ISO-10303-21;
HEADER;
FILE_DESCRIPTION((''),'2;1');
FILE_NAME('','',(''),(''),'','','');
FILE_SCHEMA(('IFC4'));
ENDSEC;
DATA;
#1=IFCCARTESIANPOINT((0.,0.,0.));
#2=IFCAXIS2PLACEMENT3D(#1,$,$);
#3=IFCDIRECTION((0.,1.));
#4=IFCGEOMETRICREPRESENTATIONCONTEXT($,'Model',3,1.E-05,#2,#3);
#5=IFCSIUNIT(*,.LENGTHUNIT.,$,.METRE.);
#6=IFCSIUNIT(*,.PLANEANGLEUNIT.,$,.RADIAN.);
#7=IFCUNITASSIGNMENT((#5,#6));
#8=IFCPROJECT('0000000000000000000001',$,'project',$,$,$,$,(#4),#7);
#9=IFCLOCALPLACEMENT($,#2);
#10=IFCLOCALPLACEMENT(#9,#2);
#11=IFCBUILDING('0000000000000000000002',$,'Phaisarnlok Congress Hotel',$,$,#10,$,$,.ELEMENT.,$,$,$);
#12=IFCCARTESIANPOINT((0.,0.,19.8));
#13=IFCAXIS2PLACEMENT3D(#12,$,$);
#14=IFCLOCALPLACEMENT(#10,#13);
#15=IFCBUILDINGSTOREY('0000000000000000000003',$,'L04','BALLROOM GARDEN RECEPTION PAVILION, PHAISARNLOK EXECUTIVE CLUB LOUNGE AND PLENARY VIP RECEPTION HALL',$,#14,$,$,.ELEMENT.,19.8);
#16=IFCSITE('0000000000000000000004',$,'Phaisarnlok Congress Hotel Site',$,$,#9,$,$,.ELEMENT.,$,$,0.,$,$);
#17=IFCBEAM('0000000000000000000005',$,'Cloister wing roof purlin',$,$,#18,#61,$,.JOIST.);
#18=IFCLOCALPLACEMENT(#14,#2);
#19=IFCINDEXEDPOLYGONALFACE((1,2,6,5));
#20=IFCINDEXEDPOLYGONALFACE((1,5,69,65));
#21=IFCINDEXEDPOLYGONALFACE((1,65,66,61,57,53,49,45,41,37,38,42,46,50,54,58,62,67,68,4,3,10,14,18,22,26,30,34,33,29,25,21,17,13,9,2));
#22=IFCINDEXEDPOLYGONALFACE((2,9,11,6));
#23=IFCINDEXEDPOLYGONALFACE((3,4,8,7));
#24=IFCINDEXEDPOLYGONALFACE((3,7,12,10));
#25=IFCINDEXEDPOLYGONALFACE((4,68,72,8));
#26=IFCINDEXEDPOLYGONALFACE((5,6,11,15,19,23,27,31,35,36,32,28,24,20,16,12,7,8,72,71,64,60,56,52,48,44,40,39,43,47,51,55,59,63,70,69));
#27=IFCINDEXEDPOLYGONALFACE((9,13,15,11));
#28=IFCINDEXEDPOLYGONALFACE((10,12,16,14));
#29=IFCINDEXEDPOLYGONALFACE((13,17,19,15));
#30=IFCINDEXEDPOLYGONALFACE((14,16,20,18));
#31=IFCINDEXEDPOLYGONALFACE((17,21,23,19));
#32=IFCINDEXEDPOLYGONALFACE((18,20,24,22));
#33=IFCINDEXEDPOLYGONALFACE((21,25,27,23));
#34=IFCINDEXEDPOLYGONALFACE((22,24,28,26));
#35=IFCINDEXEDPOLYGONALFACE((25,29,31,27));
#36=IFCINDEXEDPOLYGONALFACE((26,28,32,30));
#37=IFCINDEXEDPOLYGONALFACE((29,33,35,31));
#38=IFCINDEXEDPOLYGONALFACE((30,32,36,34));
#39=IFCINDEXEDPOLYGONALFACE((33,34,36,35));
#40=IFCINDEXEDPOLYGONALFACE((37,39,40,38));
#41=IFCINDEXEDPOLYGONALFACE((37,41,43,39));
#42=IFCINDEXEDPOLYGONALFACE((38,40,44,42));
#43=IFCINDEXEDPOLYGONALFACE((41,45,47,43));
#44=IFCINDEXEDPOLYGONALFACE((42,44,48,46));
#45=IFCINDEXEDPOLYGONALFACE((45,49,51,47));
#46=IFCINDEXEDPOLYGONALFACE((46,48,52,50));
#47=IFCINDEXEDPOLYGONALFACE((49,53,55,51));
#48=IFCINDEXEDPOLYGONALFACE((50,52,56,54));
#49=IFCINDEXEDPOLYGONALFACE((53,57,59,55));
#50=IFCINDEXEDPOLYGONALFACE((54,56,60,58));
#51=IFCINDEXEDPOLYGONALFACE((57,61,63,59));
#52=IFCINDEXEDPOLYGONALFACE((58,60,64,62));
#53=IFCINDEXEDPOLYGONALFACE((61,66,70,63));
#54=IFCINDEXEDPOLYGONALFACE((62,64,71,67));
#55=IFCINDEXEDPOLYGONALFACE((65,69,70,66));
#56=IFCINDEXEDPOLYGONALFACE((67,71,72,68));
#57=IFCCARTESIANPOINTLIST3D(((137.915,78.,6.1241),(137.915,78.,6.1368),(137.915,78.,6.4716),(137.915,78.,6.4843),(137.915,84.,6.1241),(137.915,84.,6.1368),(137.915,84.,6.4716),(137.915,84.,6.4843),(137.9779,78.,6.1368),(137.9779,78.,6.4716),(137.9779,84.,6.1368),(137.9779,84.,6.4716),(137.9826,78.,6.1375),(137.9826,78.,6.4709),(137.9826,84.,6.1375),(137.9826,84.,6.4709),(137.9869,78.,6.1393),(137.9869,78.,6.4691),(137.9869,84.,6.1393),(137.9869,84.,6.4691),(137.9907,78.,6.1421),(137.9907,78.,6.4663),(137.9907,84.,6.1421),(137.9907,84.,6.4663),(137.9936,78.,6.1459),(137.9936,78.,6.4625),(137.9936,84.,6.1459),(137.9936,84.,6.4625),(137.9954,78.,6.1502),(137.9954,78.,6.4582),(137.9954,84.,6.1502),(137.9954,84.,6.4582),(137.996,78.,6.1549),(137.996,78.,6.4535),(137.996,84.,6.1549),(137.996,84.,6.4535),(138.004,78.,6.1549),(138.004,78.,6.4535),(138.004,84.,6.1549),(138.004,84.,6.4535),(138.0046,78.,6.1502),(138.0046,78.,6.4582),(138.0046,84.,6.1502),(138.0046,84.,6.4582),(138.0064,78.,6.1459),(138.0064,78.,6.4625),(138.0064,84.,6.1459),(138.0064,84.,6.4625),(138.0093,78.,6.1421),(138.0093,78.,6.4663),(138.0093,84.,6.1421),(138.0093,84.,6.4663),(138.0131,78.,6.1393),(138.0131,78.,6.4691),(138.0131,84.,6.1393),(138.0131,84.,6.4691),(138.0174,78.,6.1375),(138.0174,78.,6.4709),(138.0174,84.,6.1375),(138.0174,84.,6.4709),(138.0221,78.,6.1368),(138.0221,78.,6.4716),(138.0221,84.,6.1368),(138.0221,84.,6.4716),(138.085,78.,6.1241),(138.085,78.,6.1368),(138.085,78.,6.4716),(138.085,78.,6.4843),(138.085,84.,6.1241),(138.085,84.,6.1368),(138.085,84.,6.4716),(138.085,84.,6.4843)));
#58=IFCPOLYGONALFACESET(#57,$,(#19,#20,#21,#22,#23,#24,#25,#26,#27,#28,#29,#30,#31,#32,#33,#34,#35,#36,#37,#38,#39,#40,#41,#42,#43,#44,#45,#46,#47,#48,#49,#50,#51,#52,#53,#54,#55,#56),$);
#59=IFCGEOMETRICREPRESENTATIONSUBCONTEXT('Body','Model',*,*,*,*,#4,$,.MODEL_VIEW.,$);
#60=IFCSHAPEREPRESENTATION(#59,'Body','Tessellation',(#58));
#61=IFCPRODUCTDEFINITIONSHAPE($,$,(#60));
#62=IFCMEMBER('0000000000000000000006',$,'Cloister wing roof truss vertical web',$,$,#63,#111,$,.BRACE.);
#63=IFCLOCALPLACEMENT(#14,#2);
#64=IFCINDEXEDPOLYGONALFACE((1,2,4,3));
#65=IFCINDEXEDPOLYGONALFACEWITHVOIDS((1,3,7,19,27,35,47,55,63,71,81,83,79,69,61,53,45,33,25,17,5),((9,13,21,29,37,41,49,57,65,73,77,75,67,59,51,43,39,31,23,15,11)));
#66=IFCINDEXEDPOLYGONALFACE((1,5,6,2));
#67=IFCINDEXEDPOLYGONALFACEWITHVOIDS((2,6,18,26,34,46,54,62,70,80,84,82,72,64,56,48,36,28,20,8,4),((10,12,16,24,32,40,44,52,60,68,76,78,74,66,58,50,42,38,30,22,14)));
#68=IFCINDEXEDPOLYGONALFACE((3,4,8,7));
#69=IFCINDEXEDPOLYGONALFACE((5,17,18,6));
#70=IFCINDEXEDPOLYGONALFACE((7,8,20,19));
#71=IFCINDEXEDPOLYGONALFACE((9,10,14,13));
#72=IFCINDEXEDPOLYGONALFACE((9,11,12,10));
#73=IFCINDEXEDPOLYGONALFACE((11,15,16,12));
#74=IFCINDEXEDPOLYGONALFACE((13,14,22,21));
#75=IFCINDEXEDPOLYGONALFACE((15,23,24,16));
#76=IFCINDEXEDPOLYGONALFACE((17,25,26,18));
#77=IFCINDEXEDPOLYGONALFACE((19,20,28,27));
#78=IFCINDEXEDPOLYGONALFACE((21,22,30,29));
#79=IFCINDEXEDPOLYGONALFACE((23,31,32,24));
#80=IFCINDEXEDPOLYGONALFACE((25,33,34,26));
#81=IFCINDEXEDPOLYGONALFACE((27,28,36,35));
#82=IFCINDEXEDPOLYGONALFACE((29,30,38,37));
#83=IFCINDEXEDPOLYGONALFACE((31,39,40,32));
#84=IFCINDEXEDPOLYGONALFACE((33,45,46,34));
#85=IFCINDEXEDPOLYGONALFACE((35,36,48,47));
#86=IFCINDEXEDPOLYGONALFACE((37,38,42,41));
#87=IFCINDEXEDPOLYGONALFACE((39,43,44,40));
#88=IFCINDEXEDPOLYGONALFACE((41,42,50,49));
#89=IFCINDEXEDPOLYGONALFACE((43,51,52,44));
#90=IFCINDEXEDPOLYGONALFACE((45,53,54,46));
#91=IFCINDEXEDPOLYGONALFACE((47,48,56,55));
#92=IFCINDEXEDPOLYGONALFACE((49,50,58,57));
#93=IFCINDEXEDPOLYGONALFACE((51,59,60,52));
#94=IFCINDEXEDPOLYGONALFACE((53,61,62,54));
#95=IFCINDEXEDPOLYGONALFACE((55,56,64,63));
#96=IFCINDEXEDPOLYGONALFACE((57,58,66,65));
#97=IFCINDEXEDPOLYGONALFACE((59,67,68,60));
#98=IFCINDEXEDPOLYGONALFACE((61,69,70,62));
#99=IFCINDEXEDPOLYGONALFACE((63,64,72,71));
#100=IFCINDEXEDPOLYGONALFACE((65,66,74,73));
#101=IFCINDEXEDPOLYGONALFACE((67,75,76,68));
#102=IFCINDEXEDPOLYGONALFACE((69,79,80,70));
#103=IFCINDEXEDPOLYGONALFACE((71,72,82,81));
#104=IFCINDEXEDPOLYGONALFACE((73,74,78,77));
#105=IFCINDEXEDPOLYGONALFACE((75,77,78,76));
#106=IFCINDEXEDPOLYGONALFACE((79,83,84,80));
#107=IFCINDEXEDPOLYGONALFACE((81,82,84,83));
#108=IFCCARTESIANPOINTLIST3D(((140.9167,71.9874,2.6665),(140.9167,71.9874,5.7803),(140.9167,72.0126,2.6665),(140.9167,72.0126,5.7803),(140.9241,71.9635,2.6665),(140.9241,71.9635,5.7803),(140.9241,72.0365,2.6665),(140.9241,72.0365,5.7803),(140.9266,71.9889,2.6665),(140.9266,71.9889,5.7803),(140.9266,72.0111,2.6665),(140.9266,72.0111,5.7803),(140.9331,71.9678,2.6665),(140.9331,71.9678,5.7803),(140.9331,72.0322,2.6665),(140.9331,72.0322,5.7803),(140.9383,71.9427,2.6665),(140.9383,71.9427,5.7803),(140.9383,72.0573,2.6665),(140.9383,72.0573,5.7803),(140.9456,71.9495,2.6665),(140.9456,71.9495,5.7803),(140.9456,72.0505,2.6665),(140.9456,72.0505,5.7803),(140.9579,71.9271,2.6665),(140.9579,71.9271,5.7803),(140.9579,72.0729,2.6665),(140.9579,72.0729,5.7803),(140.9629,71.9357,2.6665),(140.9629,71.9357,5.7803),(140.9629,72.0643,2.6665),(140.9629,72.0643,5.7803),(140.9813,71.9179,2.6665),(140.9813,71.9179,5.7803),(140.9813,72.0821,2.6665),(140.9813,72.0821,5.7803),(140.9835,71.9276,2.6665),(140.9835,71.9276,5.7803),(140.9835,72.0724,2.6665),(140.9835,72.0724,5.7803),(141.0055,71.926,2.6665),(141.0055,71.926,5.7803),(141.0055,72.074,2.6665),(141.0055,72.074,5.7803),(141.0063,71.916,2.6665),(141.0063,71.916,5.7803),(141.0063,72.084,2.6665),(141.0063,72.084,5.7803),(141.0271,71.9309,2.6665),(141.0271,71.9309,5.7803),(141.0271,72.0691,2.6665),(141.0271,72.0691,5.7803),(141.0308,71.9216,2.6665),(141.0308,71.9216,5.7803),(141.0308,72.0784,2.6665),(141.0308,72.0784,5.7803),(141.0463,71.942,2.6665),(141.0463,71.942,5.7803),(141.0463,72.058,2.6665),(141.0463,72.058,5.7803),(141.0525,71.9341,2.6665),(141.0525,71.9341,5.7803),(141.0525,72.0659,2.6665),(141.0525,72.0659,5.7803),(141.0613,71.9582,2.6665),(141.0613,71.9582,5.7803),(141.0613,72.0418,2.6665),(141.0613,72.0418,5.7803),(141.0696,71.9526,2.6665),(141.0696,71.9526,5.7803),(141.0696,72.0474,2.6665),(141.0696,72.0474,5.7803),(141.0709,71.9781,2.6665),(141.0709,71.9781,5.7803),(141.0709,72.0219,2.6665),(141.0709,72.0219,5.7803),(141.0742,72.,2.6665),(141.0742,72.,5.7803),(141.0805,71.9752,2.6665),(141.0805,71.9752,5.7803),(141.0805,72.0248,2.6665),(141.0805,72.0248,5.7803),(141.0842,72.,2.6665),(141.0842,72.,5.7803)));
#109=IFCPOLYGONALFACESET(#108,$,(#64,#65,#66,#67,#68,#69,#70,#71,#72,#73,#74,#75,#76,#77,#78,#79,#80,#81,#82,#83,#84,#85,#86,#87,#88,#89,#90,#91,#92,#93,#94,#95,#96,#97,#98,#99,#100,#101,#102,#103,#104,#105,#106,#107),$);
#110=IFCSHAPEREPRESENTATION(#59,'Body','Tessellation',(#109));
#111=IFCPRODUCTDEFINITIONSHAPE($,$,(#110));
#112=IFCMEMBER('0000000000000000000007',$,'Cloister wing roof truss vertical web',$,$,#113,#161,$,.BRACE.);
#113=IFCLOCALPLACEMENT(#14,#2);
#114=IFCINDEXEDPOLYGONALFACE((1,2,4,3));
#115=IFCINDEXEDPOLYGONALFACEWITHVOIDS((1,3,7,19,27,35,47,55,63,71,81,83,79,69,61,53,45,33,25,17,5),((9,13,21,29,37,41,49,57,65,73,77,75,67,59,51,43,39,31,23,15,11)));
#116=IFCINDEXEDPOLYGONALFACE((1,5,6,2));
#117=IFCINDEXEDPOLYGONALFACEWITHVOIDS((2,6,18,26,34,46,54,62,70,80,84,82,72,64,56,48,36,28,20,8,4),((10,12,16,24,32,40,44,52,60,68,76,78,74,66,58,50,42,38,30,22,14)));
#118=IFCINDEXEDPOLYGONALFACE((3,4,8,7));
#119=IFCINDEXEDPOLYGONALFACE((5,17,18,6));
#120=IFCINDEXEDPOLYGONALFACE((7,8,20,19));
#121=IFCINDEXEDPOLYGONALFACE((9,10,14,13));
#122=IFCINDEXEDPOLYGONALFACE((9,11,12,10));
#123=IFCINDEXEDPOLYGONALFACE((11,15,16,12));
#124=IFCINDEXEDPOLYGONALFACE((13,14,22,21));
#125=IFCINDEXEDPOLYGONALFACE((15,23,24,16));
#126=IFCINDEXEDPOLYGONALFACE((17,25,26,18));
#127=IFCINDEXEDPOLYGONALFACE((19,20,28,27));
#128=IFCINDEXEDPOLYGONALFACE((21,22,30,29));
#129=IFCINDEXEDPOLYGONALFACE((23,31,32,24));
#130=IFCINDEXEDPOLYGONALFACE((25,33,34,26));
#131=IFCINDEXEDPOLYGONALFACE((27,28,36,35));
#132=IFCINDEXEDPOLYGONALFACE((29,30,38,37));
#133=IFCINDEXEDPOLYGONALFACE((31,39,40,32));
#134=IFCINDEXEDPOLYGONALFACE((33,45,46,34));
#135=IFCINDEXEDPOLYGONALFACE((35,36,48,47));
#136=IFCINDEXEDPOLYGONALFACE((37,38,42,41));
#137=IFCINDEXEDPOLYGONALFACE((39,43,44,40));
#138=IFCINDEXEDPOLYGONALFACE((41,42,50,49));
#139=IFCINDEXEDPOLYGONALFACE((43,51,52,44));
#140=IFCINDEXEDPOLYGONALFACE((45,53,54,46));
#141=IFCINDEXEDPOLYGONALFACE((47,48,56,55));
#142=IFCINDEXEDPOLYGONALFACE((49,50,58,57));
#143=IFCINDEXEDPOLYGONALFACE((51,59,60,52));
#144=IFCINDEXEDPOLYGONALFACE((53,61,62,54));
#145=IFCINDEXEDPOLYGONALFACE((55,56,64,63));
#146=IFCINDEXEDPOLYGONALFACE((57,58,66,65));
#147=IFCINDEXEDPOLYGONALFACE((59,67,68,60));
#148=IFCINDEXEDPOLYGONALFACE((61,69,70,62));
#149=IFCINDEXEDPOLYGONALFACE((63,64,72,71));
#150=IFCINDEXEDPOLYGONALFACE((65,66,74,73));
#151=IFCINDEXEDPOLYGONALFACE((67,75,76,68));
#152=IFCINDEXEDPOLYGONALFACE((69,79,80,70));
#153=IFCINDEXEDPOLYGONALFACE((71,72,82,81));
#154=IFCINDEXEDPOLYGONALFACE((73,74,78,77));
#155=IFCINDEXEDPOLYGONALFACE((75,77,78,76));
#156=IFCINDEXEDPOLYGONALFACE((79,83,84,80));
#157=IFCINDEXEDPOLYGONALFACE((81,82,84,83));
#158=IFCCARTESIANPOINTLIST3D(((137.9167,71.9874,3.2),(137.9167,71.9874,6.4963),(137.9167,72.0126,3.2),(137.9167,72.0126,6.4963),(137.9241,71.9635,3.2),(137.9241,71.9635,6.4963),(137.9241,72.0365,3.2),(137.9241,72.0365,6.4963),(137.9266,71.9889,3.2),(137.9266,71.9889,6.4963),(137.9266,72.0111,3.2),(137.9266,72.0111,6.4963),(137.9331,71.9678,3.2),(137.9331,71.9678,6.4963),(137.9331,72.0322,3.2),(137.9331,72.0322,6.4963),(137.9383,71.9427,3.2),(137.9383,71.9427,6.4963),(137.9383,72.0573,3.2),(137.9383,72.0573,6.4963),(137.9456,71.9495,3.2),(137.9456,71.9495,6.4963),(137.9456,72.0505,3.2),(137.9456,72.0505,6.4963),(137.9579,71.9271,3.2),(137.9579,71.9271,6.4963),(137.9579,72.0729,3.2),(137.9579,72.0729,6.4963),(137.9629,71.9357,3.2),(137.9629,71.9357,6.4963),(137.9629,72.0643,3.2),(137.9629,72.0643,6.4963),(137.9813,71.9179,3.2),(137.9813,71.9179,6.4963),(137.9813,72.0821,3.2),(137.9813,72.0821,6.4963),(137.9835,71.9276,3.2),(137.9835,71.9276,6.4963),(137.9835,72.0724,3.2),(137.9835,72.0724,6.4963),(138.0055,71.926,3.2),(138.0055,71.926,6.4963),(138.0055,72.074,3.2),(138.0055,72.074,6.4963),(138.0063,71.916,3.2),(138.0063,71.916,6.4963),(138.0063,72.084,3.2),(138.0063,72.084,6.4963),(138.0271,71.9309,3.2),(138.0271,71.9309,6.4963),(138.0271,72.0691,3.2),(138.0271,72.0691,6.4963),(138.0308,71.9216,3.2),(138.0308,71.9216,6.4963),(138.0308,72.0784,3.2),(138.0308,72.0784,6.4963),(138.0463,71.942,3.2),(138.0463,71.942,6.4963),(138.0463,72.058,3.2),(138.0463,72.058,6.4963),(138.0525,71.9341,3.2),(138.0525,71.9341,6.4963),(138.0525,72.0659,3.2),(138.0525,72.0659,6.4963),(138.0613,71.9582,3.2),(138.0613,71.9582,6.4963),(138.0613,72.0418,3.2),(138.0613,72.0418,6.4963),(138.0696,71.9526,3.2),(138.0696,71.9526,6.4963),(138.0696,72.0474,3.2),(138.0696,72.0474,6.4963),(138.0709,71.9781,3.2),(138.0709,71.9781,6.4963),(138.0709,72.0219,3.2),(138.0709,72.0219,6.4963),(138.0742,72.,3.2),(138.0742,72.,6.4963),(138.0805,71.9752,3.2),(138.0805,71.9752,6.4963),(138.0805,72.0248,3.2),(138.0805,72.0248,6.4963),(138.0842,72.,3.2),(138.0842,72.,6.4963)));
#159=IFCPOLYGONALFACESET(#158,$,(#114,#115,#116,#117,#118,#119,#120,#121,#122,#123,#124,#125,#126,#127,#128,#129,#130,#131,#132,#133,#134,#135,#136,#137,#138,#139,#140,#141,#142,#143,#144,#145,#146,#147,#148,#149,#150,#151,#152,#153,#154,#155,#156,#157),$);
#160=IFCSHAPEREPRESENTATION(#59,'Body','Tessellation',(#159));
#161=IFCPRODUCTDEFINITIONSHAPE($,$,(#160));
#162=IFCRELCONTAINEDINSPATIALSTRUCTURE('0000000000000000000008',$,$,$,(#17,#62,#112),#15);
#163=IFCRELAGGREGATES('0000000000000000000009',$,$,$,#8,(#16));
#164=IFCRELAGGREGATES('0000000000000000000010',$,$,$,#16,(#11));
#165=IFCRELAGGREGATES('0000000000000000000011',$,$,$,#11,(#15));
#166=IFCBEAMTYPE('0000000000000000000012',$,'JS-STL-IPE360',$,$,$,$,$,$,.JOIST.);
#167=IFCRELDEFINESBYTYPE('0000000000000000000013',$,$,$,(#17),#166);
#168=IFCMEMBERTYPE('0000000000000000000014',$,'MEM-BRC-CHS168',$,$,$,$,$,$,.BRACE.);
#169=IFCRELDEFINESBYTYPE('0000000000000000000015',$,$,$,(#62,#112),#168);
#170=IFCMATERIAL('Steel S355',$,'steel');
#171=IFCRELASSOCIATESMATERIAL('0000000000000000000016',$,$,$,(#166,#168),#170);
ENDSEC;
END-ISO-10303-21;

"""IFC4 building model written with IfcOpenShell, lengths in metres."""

from ifc_helpers import new_model, si_unit, direction, frame, origin, origin_2d, place, context, subcontext, project, spatial, hollow_circle, i_section, extrude, material, material_profile, profile_set, type_object, element, save


model = new_model("IFC4")

# Units and contexts
model_context = context("Model", 3, precision=1e-05, world=origin(), true_north=direction((0.0, 1.0)))
body_context = subcontext(model_context, "Body", "Model", "MODEL_VIEW")
ifc_project = project(units=[si_unit("LENGTHUNIT", "METRE"), si_unit("PLANEANGLEUNIT", "RADIAN")], contexts=[model_context])

# Site, building, storey
site_placement = place(None, origin())
site = spatial("IfcSite", under=ifc_project, at=site_placement, Name="Phaisarnlok Congress Hotel Site", CompositionType="ELEMENT", RefElevation=0.0)
building_placement = place(site_placement, origin())
building = spatial("IfcBuilding", under=site, at=building_placement, Name="Phaisarnlok Congress Hotel", CompositionType="ELEMENT")
storey_placement = place(building_placement, frame((0.0, 0.0, 19.8)))
storey = spatial("IfcBuildingStorey", under=building, at=storey_placement, Name="L04", Description="BALLROOM GARDEN RECEPTION PAVILION, PHAISARNLOK EXECUTIVE CLUB LOUNGE AND PLENARY VIP RECEPTION HALL", CompositionType="ELEMENT", Elevation=19.8)

# Shared definitions
ifc_material_1 = material(Name="Steel S355", Category="steel")

# Beam
ifc_material_profile_1 = material_profile(ifc_material_1, i_section(OverallWidth=0.1699, OverallDepth=0.3601, WebThickness=0.0081, FlangeThickness=0.0127, FilletRadius=0.0181, at=origin_2d()), Name="IPE 360")
ifc_profile_set_1 = profile_set([ifc_material_profile_1], Name="Steel S355")
beam_type = type_object("IfcBeamType", Name="JS-STL-IPE360", PredefinedType="JOIST", material=ifc_profile_set_1)
for number, where, z_axis, x_axis, name in (
    (1, (138.0, 78.0, 6.3042), (0.0, 1.0, 0.0), (-1.0, 0.0, 0.0), "Cloister wing roof purlin"),
):
    element("IfcBeam", number, at=place(storey_placement, frame(where, z_axis=z_axis, x_axis=x_axis)), inside=storey, type_object=beam_type, Name=name, PredefinedType="JOIST", context=body_context, shape_type="SweptSolid", body=[
        extrude(i_section(OverallWidth=0.1699, OverallDepth=0.3601, WebThickness=0.0081, FlangeThickness=0.0127, FilletRadius=0.0181, at=origin_2d()), origin(), (0.0, 0.0, 1.0), 6.0),
    ])

# Members
ifc_material_profile_2 = material_profile(ifc_material_1, hollow_circle(Radius=0.0842, WallThickness=0.01, at=origin_2d()), Name="CHS 168.3x10")
ifc_profile_set_2 = profile_set([ifc_material_profile_2], Name="Steel S355")
member_type_1 = type_object("IfcMemberType", Name="MEM-BRC-CHS168", PredefinedType="BRACE", material=ifc_profile_set_2)
member_1_placement = place(storey_placement, frame((141.0, 72.0, 2.6665), z_axis=(0.0, 0.0, 1.0), x_axis=(1.0, 0.0, 0.0)))
element("IfcMember", 2, at=member_1_placement, inside=storey, type_object=member_type_1, Name="Cloister wing roof truss vertical web", PredefinedType="BRACE", context=body_context, shape_type="SweptSolid", body=[
    extrude(hollow_circle(Radius=0.0842, WallThickness=0.01, at=origin_2d()), origin(), (0.0, 0.0, 1.0), 3.1138),
])
for number, where, z_axis, x_axis, name in (
    (3, (138.0, 72.0, 3.2), (0.0, 0.0, 1.0), (1.0, 0.0, 0.0), "Cloister wing roof truss vertical web"),
):
    element("IfcMember", number, at=place(storey_placement, frame(where, z_axis=z_axis, x_axis=x_axis)), inside=storey, type_object=member_type_1, Name=name, PredefinedType="BRACE", context=body_context, shape_type="SweptSolid", body=[
        extrude(hollow_circle(Radius=0.0842, WallThickness=0.01, at=origin_2d()), origin(), (0.0, 0.0, 1.0), 3.2964),
    ])

save(model, "model.ifc")
